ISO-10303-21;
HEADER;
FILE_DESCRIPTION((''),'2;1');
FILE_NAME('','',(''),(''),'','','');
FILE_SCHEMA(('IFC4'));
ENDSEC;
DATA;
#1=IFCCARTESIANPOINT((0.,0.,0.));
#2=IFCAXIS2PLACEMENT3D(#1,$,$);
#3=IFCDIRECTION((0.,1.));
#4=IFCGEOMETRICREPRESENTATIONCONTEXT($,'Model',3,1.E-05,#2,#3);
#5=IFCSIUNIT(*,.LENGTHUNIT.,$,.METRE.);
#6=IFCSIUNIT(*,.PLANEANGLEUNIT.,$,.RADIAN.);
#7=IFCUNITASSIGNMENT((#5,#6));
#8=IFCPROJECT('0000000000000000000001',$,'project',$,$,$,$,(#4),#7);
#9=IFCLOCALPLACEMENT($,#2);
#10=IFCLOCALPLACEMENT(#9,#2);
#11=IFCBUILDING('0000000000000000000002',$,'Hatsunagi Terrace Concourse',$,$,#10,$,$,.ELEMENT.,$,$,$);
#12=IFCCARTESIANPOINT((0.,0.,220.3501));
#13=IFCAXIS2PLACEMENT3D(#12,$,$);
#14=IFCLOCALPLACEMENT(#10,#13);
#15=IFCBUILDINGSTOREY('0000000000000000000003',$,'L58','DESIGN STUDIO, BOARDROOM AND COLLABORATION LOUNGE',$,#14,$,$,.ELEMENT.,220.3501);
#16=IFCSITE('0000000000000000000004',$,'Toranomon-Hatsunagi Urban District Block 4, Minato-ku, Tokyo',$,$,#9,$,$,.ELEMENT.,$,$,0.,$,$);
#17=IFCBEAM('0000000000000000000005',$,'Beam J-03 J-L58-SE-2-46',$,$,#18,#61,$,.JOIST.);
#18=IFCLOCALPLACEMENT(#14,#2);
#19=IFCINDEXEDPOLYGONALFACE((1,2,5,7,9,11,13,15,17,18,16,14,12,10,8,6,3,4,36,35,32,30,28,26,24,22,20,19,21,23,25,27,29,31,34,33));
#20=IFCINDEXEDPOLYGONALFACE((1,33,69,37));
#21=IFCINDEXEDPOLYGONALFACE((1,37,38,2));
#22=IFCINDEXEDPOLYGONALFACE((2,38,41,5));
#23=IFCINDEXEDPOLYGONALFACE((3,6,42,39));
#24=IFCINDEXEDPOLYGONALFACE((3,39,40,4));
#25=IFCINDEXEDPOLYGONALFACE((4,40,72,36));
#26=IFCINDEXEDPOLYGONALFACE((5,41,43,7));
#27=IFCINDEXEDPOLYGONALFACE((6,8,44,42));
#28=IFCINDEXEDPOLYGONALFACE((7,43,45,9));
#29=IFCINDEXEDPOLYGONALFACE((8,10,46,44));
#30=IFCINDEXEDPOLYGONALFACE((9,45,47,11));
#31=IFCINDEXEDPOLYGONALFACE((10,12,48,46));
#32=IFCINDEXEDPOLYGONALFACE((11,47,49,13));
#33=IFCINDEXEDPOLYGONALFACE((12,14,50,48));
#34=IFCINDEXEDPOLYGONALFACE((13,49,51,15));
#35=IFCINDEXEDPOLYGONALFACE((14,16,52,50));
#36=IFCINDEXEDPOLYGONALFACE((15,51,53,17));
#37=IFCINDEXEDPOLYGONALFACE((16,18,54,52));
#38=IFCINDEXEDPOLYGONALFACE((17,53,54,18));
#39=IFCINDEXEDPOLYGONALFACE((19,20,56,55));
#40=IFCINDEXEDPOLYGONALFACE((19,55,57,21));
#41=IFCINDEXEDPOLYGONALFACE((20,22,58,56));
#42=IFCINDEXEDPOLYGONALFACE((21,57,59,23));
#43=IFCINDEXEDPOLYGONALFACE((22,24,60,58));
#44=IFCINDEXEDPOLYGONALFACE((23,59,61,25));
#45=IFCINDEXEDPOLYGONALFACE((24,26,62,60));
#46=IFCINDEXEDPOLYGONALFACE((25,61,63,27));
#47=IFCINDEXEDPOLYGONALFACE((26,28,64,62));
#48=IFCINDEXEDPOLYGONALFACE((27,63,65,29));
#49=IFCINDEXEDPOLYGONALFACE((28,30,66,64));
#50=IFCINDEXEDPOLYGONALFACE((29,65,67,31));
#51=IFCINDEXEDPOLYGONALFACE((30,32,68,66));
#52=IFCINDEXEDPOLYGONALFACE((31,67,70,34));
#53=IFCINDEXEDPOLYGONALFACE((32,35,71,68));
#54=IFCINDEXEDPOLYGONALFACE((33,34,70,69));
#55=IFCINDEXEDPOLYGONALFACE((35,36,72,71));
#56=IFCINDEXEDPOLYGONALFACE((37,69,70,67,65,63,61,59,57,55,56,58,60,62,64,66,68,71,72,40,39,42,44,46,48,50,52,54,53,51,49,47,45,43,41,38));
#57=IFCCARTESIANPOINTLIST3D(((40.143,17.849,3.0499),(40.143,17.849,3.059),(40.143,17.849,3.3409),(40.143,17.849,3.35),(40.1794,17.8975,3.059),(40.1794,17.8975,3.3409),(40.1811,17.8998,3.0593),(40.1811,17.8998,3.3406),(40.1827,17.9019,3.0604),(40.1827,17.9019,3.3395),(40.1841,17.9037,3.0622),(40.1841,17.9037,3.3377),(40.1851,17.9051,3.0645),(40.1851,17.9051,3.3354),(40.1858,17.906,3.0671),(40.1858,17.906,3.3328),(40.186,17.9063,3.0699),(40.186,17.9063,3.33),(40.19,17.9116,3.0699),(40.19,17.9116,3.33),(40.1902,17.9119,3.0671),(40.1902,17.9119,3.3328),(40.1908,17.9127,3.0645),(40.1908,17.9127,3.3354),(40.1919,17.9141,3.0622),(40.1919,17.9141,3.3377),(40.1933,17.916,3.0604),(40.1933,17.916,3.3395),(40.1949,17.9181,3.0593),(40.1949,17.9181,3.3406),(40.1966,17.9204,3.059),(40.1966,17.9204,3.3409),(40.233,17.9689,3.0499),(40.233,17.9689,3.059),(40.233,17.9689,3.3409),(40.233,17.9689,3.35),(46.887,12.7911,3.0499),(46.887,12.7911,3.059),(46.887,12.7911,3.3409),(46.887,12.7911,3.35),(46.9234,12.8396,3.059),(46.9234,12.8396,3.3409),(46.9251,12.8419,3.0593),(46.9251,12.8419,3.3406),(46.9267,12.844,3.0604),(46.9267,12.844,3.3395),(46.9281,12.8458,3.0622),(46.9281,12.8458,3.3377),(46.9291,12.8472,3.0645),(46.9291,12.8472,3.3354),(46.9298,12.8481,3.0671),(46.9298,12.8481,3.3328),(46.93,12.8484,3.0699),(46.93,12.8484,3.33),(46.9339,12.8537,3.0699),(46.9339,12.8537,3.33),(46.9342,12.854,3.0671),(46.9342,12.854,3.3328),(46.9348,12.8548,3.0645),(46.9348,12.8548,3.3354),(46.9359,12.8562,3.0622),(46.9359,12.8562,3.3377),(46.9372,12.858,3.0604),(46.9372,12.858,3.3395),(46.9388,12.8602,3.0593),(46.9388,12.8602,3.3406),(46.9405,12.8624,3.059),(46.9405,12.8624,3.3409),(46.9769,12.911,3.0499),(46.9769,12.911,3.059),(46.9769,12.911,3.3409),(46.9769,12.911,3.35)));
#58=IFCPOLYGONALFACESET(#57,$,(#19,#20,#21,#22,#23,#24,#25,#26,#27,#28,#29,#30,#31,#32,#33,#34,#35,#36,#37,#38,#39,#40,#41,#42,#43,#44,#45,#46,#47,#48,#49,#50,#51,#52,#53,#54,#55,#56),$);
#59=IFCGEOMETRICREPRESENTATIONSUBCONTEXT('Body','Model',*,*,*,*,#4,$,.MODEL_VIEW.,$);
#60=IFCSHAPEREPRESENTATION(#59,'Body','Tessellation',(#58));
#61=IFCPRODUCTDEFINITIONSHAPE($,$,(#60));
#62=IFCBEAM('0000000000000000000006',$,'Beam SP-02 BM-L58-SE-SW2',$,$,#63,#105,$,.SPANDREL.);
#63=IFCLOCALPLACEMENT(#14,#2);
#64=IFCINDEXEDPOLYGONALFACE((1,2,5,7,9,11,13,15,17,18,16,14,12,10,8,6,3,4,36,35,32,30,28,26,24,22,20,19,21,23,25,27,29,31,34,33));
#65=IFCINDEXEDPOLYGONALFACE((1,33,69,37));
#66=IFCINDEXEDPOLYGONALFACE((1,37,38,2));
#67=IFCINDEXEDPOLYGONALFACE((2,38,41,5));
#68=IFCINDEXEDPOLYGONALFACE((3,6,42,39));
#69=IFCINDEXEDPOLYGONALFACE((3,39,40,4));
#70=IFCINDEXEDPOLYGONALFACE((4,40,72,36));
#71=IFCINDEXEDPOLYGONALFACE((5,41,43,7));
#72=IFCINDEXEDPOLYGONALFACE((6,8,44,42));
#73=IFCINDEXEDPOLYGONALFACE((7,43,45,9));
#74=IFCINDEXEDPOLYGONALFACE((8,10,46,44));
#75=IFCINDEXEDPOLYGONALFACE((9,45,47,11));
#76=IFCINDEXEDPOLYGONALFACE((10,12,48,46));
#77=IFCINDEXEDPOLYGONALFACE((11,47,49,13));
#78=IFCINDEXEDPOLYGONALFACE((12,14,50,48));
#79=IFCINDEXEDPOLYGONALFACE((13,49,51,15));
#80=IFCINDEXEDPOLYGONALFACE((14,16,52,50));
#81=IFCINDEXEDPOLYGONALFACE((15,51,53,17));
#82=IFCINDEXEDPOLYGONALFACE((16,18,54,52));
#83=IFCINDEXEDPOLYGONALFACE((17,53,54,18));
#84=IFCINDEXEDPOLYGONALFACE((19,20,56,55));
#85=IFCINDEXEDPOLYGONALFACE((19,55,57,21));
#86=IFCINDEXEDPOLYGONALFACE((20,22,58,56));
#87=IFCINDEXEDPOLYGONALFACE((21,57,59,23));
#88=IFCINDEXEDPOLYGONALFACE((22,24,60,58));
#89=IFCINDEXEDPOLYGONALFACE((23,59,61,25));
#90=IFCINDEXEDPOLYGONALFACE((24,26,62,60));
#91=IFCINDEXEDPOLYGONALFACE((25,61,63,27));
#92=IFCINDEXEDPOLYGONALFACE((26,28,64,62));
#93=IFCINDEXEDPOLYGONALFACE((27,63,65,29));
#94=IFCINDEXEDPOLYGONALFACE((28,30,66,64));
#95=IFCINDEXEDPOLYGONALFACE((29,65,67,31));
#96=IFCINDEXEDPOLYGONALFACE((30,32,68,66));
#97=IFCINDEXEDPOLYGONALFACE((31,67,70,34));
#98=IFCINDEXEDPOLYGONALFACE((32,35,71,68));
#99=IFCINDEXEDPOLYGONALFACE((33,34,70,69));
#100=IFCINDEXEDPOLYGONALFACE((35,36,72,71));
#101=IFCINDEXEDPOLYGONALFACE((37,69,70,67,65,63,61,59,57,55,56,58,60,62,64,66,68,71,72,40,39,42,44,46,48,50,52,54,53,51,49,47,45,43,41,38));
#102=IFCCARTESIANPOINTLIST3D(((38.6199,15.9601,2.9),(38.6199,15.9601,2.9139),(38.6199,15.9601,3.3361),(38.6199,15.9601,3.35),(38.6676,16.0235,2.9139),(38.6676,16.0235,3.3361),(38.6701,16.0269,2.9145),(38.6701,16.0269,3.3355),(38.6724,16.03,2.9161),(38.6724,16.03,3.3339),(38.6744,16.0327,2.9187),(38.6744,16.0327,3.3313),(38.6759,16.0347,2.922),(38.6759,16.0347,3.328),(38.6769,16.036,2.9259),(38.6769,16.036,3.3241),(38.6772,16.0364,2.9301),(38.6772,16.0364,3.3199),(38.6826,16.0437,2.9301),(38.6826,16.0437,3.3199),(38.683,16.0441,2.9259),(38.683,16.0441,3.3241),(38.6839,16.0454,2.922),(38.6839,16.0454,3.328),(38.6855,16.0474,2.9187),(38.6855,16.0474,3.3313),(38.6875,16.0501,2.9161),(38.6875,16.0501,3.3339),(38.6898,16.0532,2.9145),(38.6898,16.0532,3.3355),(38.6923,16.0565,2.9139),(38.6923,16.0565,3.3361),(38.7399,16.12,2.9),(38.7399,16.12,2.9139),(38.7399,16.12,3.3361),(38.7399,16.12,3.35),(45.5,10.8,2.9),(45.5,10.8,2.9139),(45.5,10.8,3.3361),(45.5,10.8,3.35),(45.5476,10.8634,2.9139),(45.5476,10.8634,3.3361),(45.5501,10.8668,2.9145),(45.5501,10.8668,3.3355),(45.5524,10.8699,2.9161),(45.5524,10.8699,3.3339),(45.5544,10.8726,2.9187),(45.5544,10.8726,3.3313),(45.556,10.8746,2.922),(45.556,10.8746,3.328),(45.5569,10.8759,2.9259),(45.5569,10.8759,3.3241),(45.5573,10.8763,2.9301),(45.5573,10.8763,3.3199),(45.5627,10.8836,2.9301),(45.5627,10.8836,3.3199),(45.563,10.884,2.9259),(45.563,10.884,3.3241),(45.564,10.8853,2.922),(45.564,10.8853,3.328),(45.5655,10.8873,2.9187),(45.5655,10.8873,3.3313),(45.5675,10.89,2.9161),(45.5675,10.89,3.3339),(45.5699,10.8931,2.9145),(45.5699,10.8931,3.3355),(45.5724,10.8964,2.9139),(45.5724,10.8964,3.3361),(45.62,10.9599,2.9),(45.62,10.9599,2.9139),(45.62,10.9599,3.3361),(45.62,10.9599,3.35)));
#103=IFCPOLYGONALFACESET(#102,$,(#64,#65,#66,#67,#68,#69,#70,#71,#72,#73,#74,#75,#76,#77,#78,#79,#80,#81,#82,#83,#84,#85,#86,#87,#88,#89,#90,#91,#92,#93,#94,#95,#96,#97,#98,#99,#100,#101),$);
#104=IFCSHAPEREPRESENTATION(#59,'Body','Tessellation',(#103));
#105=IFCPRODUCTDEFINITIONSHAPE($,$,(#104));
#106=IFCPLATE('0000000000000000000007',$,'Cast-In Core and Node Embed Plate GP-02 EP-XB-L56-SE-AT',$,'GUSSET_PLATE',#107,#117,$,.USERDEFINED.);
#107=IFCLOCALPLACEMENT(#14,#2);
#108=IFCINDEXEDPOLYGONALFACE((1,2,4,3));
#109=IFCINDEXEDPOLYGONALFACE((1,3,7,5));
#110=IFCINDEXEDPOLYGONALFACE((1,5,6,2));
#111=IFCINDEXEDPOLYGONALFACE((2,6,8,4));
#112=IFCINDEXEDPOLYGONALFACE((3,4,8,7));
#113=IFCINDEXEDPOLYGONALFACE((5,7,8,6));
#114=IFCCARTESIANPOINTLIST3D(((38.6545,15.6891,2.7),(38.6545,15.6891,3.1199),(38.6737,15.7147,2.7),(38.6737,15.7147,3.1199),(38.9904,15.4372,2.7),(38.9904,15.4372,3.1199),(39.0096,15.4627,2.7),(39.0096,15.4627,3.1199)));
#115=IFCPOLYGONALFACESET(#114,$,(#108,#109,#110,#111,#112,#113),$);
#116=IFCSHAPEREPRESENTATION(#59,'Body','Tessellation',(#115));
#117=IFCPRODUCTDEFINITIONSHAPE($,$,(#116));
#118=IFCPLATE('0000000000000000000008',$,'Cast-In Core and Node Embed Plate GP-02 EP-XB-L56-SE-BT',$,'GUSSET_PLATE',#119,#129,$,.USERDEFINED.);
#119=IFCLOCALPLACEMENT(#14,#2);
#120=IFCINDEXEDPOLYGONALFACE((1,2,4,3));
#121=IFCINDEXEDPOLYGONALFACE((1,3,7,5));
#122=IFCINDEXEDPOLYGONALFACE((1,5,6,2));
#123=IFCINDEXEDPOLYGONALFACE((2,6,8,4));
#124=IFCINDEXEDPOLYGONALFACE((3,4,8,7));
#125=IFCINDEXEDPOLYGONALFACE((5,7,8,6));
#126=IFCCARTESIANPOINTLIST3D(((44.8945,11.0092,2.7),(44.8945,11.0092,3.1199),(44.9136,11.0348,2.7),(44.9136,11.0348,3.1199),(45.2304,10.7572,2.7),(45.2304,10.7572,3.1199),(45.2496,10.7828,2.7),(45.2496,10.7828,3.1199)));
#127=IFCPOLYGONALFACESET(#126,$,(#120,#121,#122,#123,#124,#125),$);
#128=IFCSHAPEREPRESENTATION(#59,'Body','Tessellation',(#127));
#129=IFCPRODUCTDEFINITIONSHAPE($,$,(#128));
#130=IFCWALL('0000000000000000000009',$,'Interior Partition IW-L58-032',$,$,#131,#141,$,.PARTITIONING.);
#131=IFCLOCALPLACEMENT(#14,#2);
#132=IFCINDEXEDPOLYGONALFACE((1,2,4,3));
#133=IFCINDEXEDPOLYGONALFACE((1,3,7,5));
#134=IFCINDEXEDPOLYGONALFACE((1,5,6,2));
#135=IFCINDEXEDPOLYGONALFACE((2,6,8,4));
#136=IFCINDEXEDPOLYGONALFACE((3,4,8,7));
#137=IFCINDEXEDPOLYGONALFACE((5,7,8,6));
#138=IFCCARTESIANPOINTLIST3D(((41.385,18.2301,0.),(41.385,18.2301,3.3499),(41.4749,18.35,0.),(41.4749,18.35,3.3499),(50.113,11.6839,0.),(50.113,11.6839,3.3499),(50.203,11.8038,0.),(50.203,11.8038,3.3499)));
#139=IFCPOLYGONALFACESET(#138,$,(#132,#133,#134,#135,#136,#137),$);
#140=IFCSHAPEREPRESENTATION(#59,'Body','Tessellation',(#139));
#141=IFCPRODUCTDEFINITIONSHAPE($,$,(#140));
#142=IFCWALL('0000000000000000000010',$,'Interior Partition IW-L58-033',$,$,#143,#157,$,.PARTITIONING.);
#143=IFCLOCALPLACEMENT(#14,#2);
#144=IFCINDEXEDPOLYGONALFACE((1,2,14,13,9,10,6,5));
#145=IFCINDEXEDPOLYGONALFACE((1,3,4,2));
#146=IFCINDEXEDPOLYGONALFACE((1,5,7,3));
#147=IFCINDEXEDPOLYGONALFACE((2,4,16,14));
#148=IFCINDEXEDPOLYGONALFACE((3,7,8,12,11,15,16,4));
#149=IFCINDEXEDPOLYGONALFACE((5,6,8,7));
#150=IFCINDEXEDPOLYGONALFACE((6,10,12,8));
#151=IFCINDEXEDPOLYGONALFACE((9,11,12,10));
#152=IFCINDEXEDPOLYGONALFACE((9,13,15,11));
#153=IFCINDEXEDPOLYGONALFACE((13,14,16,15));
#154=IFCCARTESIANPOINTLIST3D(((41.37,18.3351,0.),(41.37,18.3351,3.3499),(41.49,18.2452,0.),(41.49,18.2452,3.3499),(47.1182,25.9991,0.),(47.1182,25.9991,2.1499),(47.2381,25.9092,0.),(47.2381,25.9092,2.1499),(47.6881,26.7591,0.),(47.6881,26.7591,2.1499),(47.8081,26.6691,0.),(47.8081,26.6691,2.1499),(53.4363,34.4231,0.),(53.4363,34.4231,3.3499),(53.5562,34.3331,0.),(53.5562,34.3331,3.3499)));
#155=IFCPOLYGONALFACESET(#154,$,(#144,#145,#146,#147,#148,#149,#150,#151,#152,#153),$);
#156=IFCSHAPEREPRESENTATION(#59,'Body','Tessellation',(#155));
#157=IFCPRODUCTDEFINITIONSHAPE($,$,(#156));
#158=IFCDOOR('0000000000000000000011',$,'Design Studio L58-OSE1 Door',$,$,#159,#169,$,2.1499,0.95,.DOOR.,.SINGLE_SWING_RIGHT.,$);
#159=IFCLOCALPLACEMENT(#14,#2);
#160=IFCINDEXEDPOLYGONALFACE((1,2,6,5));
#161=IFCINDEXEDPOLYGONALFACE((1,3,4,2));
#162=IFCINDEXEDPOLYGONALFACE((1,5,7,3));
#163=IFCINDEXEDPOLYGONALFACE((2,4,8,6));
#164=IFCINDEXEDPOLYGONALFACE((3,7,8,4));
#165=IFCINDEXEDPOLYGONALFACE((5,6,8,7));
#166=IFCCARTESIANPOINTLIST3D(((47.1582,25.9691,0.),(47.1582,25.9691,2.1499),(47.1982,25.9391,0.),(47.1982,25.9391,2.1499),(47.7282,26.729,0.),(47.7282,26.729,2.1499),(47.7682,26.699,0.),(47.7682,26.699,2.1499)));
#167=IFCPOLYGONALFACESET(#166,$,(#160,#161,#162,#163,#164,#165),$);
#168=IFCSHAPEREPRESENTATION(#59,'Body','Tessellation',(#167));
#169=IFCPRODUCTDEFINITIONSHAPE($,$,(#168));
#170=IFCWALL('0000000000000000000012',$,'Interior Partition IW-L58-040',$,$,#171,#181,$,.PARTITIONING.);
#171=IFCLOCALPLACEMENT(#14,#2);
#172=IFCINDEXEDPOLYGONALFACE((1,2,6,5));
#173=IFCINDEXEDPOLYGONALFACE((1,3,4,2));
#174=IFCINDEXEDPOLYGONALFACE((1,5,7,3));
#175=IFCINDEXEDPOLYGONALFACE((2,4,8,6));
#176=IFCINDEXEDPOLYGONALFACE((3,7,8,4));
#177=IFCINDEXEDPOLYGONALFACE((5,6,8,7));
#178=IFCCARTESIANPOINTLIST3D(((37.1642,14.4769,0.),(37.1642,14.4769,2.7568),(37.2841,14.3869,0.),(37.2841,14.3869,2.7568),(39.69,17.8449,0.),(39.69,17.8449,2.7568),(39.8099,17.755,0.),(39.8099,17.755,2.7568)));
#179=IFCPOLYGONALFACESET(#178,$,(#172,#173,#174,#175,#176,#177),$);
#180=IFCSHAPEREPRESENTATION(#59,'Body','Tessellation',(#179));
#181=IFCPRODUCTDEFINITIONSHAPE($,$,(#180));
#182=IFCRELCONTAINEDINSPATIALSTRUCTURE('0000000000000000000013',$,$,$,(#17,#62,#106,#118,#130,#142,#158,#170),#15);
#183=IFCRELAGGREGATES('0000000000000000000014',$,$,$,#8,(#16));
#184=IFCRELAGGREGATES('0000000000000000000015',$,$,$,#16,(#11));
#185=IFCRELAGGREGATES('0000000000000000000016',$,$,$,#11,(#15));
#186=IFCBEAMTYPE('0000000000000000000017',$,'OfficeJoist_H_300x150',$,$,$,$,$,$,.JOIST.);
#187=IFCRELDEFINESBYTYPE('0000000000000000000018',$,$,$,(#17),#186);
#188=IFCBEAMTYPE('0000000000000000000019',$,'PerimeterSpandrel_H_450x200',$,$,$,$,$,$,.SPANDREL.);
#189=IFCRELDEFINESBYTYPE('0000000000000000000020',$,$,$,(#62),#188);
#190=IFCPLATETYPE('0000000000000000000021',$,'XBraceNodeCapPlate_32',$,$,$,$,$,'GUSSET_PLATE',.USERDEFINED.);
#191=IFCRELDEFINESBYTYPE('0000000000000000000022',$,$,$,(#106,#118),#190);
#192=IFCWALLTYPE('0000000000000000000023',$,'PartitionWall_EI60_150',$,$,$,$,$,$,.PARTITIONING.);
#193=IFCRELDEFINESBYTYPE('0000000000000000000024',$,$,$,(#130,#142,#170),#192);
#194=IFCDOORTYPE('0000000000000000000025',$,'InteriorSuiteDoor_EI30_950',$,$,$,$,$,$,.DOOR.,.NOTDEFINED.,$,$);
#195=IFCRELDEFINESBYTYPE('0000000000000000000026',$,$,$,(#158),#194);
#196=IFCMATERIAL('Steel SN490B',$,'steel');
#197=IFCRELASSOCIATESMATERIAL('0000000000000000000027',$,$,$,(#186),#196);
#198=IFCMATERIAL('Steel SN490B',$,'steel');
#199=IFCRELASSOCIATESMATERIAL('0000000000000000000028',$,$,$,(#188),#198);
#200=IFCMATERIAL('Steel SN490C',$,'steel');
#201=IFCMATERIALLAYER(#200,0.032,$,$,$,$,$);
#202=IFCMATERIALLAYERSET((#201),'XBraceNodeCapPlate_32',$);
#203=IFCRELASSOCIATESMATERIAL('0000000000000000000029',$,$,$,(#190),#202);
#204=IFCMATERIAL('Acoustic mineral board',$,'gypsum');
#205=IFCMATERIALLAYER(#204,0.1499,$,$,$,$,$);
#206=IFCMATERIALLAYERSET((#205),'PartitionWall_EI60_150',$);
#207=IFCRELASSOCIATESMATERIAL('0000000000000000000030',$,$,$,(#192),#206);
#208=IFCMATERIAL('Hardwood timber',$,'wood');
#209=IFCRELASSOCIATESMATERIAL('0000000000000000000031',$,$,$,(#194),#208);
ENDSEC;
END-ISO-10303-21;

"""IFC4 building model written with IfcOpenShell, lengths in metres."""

from ifc_helpers import new_model, si_unit, direction, frame, frame_2d, origin, origin_2d, place, context, subcontext, project, spatial, rectangle, i_section, extrude, material, layer, layer_set, material_profile, profile_set, type_object, element, fill, save


model = new_model("IFC4")

# Units and contexts
model_context = context("Model", 3, precision=1e-05, world=origin(), true_north=direction((0.0, 1.0)))
body_context = subcontext(model_context, "Body", "Model", "MODEL_VIEW")
ifc_project = project(units=[si_unit("LENGTHUNIT", "METRE"), si_unit("PLANEANGLEUNIT", "RADIAN")], contexts=[model_context])

# Site, building, storey
site_placement = place(None, origin())
site = spatial("IfcSite", under=ifc_project, at=site_placement, Name="Toranomon-Hatsunagi Urban District Block 4, Minato-ku, Tokyo", CompositionType="ELEMENT", RefElevation=0.0)
building_placement = place(site_placement, origin())
building = spatial("IfcBuilding", under=site, at=building_placement, Name="Hatsunagi Terrace Concourse", CompositionType="ELEMENT")
storey_placement = place(building_placement, frame((0.0, 0.0, 220.3501)))
storey = spatial("IfcBuildingStorey", under=building, at=storey_placement, Name="L58", Description="DESIGN STUDIO, BOARDROOM AND COLLABORATION LOUNGE", CompositionType="ELEMENT", Elevation=220.3501)

# Beams
ifc_material_1 = material(Name="Steel SN490B", Category="steel")
ifc_material_profile_1 = material_profile(ifc_material_1, i_section(OverallWidth=0.1499, OverallDepth=0.3, WebThickness=0.0066, FlangeThickness=0.009, FilletRadius=0.011, at=origin_2d()), Name="H-300x150x6.5x9")
ifc_profile_set_1 = profile_set([ifc_material_profile_1], Name="Steel SN490B")
beam_type_1 = type_object("IfcBeamType", Name="OfficeJoist_H_300x150", PredefinedType="JOIST", material=ifc_profile_set_1)
beam_1_placement = place(storey_placement, frame((40.188, 17.9089, 3.2), z_axis=(0.800003, -0.599995, 0.0), x_axis=(0.599995, 0.800003, 0.0)))
element("IfcBeam", 1, at=beam_1_placement, inside=storey, type_object=beam_type_1, Name="Beam J-03 J-L58-SE-2-46", PredefinedType="JOIST", context=body_context, shape_type="SweptSolid", body=[
    extrude(i_section(OverallWidth=0.1499, OverallDepth=0.3, WebThickness=0.0066, FlangeThickness=0.009, FilletRadius=0.011, at=origin_2d()), origin(), (0.0, 0.0, 1.0), 8.4299),
])
ifc_material_2 = material(Name="Steel SN490B", Category="steel")
ifc_material_profile_2 = material_profile(ifc_material_2, i_section(OverallWidth=0.2, OverallDepth=0.45, WebThickness=0.009, FlangeThickness=0.0139, FilletRadius=0.0161, at=origin_2d()), Name="H-450x200x9x14")
ifc_profile_set_2 = profile_set([ifc_material_profile_2], Name="Steel SN490B")
beam_type_2 = type_object("IfcBeamType", Name="PerimeterSpandrel_H_450x200", PredefinedType="SPANDREL", material=ifc_profile_set_2)
beam_2_placement = place(storey_placement, frame((38.6799, 16.04, 3.125), z_axis=(0.799997, -0.600005, 0.0), x_axis=(0.600005, 0.799997, 0.0)))
element("IfcBeam", 2, at=beam_2_placement, inside=storey, type_object=beam_type_2, Name="Beam SP-02 BM-L58-SE-SW2", PredefinedType="SPANDREL", context=body_context, shape_type="SweptSolid", body=[
    extrude(i_section(OverallWidth=0.2, OverallDepth=0.45, WebThickness=0.009, FlangeThickness=0.0139, FilletRadius=0.0161, at=origin_2d()), origin(), (0.0, 0.0, 1.0), 8.6001),
])

# Plates
ifc_material_3 = material(Name="Steel SN490C", Category="steel")
ifc_layer_1 = layer(ifc_material_3, 0.032)
ifc_layer_set_1 = layer_set([ifc_layer_1], Name="XBraceNodeCapPlate_32")
plate_type = type_object("IfcPlateType", Name="XBraceNodeCapPlate_32", ElementType="GUSSET_PLATE", PredefinedType="USERDEFINED", material=ifc_layer_set_1)
for number, where, z_axis, x_axis, name in (
    (3, (38.832, 15.5759, 2.7), (0.0, 0.0, 1.0), (0.8, -0.6, 0.0), "Cast-In Core and Node Embed Plate GP-02 EP-XB-L56-SE-AT"),
    (4, (45.072, 10.896, 2.7), (0.0, 0.0, 1.0), (0.8, -0.6, 0.0), "Cast-In Core and Node Embed Plate GP-02 EP-XB-L56-SE-BT"),
):
    element("IfcPlate", number, at=place(storey_placement, frame(where, z_axis=z_axis, x_axis=x_axis)), inside=storey, type_object=plate_type, Name=name, ObjectType="GUSSET_PLATE", PredefinedType="USERDEFINED", context=body_context, shape_type="SweptSolid", body=[
        extrude(rectangle(XDim=0.4199, YDim=0.032, at=origin_2d()), origin(), (0.0, 0.0, 1.0), 0.4199),
    ])

# Wall
ifc_material_4 = material(Name="Acoustic mineral board", Category="gypsum")
ifc_layer_2 = layer(ifc_material_4, 0.1499)
ifc_layer_set_2 = layer_set([ifc_layer_2], Name="PartitionWall_EI60_150")
wall_type_1 = type_object("IfcWallType", Name="PartitionWall_EI60_150", PredefinedType="PARTITIONING", material=ifc_layer_set_2)
wall_1_placement = place(storey_placement, frame((41.4299, 18.29, 0.0), z_axis=(0.0, 0.0, 1.0), x_axis=(0.799995, -0.600007, 0.0)))
element("IfcWall", 5, at=wall_1_placement, inside=storey, type_object=wall_type_1, Name="Interior Partition IW-L58-032", PredefinedType="PARTITIONING", context=body_context, shape_type="SweptSolid", body=[
    extrude(rectangle(XDim=10.9102, YDim=0.1499, at=frame_2d((5.4551, 0.0))), origin(), (0.0, 0.0, 1.0), 3.3499),
])

# Wall, opening, door
wall_2_placement = place(storey_placement, frame((41.4299, 18.29, 0.0), z_axis=(0.0, 0.0, 1.0), x_axis=(0.600008, 0.799994, 0.0)))
wall_2 = element("IfcWall", 6, at=wall_2_placement, inside=storey, type_object=wall_type_1, Name="Interior Partition IW-L58-033", PredefinedType="PARTITIONING", context=body_context, shape_type="SweptSolid", body=[
    extrude(rectangle(XDim=20.1101, YDim=0.1499, at=frame_2d((10.0552, 0.0))), origin(), (0.0, 0.0, 1.0), 3.3499),
])
opening_placement = place(wall_2_placement, frame((9.5801, 0.0, 0.0)))
opening = element("IfcOpeningElement", 7, at=opening_placement, cuts=wall_2, PredefinedType="OPENING", context=body_context, shape_type="SweptSolid", body=[
    extrude(rectangle(XDim=0.95, YDim=2.1499, at=frame_2d((0.4751, 1.075))), frame((0.0, 0.085, 0.0), z_axis=(0.0, -1.0, 0.0), x_axis=(1.0, 0.0, 0.0)), (0.0, 0.0, 1.0), 0.1699),
])
ifc_material_5 = material(Name="Hardwood timber", Category="wood")
door_type = type_object("IfcDoorType", Name="InteriorSuiteDoor_EI30_950", OperationType="NOTDEFINED", PredefinedType="DOOR", material=ifc_material_5)
door_placement = place(opening_placement, origin())
door = element("IfcDoor", 8, at=door_placement, inside=storey, type_object=door_type, Name="Design Studio L58-OSE1 Door", OperationType="SINGLE_SWING_RIGHT", OverallHeight=2.1499, OverallWidth=0.95, PredefinedType="DOOR", context=body_context, shape_type="SweptSolid", body=[
    extrude(rectangle(XDim=0.95, YDim=2.1499, at=frame_2d((0.4751, 1.075))), frame((0.0, 0.0249, 0.0), z_axis=(0.0, -1.0, 0.0), x_axis=(1.0, 0.0, 0.0)), (0.0, 0.0, 1.0), 0.05),
])
fill(opening, door)

# Wall
wall_3_placement = place(storey_placement, frame((37.2241, 14.4319, 0.0), z_axis=(0.0, 0.0, 1.0), x_axis=(0.599963, 0.800028, 0.0)))
element("IfcWall", 9, at=wall_3_placement, inside=storey, type_object=wall_type_1, Name="Interior Partition IW-L58-040", PredefinedType="PARTITIONING", context=body_context, shape_type="SweptSolid", body=[
    extrude(rectangle(XDim=4.21, YDim=0.1499, at=frame_2d((2.105, 0.0))), origin(), (0.0, 0.0, 1.0), 2.7568),
])

save(model, "model.ifc")
